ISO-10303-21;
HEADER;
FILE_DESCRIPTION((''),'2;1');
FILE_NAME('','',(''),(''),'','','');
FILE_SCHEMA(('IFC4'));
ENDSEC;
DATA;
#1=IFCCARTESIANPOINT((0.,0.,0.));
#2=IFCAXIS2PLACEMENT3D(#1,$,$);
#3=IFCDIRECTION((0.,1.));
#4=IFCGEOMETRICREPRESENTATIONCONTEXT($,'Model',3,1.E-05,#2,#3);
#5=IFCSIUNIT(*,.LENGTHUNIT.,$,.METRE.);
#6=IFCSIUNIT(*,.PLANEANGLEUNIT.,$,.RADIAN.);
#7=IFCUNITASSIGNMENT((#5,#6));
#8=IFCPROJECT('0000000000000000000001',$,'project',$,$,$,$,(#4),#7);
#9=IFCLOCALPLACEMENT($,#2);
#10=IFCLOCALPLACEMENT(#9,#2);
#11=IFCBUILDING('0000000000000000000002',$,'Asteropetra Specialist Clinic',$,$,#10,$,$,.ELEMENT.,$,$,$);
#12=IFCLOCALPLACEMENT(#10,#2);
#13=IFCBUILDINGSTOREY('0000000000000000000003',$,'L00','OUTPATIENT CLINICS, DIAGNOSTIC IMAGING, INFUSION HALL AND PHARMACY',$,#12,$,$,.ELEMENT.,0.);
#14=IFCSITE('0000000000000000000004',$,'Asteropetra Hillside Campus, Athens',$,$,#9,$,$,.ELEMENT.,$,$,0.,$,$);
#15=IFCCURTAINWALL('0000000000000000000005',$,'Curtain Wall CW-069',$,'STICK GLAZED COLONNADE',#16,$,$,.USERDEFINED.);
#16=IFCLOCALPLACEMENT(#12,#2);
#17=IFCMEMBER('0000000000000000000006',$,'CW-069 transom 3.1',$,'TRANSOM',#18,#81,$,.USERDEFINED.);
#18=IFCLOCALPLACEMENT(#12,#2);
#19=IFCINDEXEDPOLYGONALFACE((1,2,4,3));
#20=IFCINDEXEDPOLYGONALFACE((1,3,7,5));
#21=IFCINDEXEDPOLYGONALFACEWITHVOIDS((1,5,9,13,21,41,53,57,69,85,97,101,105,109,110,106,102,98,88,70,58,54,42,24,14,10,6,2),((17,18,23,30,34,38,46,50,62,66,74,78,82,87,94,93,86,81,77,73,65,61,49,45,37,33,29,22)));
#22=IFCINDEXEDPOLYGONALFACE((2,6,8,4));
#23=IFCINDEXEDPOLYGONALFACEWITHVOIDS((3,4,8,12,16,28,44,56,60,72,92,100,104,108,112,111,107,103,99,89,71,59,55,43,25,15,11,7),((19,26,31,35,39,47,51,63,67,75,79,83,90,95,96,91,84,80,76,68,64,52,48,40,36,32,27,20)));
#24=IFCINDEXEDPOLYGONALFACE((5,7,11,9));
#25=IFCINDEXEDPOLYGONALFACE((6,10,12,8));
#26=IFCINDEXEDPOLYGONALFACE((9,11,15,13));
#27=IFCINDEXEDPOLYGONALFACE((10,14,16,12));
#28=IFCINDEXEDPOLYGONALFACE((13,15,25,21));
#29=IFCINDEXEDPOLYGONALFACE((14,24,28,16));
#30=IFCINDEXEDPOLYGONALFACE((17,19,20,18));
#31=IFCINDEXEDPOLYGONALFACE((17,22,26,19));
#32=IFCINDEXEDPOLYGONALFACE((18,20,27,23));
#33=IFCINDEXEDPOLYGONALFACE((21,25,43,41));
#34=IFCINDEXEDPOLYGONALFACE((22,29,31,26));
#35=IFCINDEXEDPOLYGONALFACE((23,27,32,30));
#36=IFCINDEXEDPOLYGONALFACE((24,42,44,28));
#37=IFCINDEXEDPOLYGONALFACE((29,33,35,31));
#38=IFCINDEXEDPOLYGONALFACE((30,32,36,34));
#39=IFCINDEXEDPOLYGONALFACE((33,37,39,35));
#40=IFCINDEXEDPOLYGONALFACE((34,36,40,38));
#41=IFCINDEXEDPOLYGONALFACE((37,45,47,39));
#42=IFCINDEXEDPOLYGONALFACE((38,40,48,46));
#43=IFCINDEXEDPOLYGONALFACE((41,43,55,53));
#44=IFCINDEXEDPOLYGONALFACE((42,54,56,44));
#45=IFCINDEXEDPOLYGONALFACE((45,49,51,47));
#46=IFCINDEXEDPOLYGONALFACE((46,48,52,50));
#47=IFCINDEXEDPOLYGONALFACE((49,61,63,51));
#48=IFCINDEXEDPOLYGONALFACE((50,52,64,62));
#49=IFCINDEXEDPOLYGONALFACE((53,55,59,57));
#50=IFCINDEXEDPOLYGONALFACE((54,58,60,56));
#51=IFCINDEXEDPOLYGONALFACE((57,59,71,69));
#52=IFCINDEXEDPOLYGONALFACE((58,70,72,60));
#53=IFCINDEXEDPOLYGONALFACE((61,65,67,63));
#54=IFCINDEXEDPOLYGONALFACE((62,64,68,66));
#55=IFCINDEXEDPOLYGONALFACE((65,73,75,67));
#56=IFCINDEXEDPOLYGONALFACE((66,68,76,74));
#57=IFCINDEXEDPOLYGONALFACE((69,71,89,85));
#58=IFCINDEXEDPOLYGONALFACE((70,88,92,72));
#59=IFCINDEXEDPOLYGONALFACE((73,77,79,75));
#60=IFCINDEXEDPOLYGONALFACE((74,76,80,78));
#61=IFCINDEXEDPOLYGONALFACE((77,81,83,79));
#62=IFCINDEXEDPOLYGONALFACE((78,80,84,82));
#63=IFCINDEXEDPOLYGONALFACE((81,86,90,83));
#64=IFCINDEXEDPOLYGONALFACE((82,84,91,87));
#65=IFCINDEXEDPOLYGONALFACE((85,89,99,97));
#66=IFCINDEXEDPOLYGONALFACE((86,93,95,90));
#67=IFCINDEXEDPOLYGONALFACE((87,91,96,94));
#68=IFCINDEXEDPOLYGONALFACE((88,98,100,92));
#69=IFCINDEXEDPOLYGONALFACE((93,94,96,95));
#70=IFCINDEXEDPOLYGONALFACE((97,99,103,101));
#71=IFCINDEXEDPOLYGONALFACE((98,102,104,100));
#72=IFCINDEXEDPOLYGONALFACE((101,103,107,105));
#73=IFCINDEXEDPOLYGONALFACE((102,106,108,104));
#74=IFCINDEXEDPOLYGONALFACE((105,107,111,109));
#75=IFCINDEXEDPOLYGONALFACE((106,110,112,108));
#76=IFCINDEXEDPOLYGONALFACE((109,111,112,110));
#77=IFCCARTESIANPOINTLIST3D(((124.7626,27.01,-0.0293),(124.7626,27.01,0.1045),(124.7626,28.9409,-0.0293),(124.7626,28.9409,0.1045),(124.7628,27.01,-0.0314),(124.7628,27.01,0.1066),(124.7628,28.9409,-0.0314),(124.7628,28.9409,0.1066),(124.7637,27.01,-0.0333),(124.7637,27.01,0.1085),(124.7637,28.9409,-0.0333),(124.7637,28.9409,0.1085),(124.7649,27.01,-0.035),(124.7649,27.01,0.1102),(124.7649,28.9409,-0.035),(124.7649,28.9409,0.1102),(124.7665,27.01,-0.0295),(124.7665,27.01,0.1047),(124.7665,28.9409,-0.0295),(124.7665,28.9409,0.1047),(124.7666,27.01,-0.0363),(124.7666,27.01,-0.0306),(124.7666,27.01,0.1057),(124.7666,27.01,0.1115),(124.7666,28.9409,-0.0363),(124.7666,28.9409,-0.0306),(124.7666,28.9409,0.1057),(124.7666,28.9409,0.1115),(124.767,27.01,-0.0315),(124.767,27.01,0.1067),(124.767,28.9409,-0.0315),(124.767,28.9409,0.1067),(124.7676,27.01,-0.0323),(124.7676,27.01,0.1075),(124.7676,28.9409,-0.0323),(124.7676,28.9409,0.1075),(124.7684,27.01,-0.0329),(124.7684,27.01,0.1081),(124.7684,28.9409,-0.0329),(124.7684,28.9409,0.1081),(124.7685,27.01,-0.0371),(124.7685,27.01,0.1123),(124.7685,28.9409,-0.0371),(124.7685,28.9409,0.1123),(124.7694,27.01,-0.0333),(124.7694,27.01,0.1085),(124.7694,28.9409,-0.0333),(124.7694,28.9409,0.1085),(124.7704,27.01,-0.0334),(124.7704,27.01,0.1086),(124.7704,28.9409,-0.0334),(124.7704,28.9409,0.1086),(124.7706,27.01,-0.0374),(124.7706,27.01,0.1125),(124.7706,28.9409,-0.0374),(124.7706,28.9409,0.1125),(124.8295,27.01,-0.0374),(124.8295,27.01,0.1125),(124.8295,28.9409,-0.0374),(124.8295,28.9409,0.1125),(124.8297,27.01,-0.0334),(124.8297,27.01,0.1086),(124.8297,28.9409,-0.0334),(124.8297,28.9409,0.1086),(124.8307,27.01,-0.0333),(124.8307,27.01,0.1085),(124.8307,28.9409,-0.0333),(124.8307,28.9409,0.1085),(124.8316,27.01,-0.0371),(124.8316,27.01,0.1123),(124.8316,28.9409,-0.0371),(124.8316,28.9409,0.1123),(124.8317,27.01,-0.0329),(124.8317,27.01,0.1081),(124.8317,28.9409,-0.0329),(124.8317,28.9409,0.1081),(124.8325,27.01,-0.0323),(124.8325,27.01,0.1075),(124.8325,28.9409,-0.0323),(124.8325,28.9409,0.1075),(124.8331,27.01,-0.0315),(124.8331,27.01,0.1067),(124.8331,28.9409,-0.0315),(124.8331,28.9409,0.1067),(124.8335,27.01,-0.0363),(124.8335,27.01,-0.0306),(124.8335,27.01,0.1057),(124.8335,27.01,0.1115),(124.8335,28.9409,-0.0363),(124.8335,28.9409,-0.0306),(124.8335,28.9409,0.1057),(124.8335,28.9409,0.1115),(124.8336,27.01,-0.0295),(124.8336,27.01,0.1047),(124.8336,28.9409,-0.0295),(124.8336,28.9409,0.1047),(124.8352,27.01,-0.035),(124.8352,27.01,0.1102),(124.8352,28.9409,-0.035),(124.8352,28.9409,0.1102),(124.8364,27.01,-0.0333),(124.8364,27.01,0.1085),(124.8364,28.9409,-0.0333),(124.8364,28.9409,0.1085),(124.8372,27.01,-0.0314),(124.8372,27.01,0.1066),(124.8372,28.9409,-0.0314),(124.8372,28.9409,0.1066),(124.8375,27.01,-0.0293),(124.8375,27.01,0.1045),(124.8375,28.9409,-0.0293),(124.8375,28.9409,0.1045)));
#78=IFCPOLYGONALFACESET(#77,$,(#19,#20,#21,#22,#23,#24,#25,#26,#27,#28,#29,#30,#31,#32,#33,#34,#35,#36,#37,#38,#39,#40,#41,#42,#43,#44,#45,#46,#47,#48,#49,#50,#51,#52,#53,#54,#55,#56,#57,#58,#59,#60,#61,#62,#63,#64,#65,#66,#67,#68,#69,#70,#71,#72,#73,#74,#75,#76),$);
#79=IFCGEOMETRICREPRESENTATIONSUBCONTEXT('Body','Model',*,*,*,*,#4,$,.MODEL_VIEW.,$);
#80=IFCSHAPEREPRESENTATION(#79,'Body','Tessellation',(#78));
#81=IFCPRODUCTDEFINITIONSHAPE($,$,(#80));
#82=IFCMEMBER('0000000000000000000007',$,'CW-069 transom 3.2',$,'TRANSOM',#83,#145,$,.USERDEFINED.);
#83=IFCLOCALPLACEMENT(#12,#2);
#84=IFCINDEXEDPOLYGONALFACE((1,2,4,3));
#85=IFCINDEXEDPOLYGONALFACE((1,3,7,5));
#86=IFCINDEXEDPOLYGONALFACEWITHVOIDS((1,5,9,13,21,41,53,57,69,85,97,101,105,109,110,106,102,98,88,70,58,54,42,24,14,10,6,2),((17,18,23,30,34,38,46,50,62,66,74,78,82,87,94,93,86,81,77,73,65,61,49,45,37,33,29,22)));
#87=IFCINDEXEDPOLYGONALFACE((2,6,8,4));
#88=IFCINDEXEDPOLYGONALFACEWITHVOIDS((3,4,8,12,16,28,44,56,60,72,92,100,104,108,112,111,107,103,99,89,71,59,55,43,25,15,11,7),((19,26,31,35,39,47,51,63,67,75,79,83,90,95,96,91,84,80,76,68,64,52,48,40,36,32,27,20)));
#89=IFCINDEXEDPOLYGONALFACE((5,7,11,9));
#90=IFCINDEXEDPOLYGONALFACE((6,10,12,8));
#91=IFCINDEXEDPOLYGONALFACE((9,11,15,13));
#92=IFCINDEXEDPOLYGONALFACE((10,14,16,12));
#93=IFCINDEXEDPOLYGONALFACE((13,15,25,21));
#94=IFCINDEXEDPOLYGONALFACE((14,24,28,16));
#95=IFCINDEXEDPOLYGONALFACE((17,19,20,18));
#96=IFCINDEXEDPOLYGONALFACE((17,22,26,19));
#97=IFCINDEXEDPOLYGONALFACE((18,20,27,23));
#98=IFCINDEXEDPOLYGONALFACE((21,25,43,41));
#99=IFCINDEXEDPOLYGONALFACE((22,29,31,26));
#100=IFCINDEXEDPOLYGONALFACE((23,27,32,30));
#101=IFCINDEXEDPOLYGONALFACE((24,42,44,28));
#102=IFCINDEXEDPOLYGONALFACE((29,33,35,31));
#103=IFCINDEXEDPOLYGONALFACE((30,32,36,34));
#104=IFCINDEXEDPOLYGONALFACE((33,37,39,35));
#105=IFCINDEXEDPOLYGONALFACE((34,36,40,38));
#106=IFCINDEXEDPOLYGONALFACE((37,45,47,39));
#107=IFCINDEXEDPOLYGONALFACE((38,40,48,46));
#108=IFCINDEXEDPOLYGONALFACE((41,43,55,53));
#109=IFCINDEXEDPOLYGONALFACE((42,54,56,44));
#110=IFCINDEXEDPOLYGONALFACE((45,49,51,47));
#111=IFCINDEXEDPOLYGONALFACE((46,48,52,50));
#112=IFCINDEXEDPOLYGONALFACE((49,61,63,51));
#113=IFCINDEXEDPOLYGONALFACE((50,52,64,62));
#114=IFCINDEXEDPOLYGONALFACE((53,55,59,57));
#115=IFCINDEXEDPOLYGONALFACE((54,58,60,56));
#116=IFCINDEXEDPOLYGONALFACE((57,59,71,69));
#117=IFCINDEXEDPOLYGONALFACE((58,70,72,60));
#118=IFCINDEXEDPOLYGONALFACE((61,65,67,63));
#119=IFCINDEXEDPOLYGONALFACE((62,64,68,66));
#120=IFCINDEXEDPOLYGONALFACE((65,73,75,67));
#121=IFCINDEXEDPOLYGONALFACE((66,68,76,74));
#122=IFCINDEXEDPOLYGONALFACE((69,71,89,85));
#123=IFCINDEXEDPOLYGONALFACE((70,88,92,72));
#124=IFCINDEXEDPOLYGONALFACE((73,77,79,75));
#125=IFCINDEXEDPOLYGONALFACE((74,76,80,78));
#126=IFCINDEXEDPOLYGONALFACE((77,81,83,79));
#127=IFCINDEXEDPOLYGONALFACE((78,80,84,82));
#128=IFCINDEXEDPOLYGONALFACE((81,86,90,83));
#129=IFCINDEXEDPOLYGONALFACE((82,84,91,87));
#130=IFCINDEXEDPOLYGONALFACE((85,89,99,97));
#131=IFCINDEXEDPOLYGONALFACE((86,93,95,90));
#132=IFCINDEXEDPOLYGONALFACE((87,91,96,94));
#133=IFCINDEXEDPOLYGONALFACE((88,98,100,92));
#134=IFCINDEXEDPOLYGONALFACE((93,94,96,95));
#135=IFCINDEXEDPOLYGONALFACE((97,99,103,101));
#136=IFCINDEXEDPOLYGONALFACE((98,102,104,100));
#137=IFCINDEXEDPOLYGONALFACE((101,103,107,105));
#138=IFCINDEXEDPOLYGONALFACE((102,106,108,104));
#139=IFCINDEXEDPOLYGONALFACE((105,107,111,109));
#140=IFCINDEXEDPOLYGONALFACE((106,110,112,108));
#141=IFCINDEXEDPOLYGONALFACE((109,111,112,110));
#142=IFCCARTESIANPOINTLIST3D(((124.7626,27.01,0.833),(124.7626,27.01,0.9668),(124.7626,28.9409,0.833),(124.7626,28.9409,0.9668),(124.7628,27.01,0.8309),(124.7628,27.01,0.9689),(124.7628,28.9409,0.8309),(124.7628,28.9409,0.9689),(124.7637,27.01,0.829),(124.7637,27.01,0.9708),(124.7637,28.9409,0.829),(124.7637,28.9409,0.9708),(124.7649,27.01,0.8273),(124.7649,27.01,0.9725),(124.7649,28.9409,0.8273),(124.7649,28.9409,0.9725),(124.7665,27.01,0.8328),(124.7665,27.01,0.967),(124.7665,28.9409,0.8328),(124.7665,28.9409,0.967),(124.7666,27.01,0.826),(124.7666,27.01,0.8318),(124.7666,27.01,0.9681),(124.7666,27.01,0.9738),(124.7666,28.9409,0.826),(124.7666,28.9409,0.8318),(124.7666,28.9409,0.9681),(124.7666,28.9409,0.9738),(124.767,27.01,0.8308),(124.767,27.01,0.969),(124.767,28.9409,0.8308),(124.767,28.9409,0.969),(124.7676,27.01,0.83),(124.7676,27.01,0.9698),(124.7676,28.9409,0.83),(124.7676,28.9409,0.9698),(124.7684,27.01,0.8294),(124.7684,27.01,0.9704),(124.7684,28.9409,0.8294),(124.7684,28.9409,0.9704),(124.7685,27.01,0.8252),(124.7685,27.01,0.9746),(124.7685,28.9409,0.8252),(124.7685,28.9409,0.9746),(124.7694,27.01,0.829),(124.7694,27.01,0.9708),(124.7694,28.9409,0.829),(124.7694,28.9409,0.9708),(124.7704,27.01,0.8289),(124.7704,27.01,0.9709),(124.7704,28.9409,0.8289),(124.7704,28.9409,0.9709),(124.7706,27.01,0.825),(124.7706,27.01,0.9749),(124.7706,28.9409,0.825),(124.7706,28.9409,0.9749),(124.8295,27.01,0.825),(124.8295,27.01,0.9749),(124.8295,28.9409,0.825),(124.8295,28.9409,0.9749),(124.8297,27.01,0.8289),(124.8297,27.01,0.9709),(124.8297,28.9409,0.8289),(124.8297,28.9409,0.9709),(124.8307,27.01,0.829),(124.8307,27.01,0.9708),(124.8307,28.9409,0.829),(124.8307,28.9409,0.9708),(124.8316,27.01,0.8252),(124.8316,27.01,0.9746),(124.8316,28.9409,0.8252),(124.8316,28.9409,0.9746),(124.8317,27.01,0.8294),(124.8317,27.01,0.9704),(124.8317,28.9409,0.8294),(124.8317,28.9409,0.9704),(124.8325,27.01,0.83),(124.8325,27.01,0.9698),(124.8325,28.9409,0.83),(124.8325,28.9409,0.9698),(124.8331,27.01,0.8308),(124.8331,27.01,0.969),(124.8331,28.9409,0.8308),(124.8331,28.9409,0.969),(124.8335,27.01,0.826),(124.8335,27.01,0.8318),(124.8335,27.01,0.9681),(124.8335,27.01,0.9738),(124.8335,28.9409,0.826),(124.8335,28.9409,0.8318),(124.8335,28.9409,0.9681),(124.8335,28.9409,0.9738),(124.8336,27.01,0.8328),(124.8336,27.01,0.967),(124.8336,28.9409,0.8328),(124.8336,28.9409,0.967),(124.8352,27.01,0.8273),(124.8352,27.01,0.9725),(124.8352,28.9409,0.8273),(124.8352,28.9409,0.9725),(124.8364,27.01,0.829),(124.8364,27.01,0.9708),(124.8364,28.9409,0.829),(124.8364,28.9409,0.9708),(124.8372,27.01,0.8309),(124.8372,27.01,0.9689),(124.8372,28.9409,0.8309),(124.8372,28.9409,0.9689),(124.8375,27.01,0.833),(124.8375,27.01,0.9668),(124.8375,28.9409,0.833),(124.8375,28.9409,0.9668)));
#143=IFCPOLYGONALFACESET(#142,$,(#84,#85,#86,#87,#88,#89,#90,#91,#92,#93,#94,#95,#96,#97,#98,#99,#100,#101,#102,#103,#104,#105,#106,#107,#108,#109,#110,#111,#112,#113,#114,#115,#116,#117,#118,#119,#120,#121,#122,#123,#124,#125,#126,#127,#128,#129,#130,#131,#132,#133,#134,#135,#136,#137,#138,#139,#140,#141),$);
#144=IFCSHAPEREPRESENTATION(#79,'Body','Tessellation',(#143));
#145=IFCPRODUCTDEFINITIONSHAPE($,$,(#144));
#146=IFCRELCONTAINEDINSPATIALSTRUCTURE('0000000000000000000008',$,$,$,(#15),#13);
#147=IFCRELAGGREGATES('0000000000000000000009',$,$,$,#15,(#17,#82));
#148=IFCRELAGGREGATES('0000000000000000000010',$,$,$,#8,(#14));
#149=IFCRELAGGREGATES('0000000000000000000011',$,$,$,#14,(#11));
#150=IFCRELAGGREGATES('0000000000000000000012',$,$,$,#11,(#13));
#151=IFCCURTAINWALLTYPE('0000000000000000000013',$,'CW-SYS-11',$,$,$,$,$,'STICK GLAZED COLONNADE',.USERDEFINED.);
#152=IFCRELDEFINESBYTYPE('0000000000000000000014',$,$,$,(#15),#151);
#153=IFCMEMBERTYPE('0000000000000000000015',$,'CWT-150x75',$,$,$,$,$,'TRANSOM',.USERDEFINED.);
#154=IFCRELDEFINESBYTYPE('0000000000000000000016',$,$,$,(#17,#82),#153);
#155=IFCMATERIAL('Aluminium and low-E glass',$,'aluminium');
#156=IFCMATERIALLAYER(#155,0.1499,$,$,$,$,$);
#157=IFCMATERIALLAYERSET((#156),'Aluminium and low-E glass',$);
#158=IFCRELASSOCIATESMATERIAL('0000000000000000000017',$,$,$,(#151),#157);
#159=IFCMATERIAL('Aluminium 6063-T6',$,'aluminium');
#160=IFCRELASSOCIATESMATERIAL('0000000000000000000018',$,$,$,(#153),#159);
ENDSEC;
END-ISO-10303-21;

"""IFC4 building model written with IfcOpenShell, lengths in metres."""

from ifc_helpers import new_model, si_unit, direction, frame, origin, origin_2d, place, context, subcontext, project, spatial, hollow_rectangle, extrude, material, layer, layer_set, material_profile, profile_set, type_object, element, aggregate, save


model = new_model("IFC4")

# Units and contexts
model_context = context("Model", 3, precision=1e-05, world=origin(), true_north=direction((0.0, 1.0)))
body_context = subcontext(model_context, "Body", "Model", "MODEL_VIEW")
ifc_project = project(units=[si_unit("LENGTHUNIT", "METRE"), si_unit("PLANEANGLEUNIT", "RADIAN")], contexts=[model_context])

# Site, building, storey
site_placement = place(None, origin())
site = spatial("IfcSite", under=ifc_project, at=site_placement, Name="Asteropetra Hillside Campus, Athens", CompositionType="ELEMENT", RefElevation=0.0)
building_placement = place(site_placement, origin())
building = spatial("IfcBuilding", under=site, at=building_placement, Name="Asteropetra Specialist Clinic", CompositionType="ELEMENT")
storey_placement = place(building_placement, origin())
storey = spatial("IfcBuildingStorey", under=building, at=storey_placement, Name="L00", Description="OUTPATIENT CLINICS, DIAGNOSTIC IMAGING, INFUSION HALL AND PHARMACY", CompositionType="ELEMENT", Elevation=0.0)

# Shared definitions
ifc_material_1 = material(Name="Aluminium and low-E glass", Category="aluminium")
ifc_layer_1 = layer(ifc_material_1, 0.1499)
ifc_layer_set_1 = layer_set([ifc_layer_1], Name="Aluminium and low-E glass")
curtain_wall_type_1 = type_object("IfcCurtainWallType", Name="CW-SYS-11", ElementType="STICK GLAZED COLONNADE", PredefinedType="USERDEFINED", material=ifc_layer_set_1)

# Curtain wall
curtain_wall_1_placement = place(storey_placement, origin())
curtain_wall_1 = element("IfcCurtainWall", 1, at=curtain_wall_1_placement, inside=storey, type_object=curtain_wall_type_1, Name="Curtain Wall CW-069", ObjectType="STICK GLAZED COLONNADE", PredefinedType="USERDEFINED")

# Members
ifc_material_2 = material(Name="Aluminium 6063-T6", Category="aluminium")
ifc_material_profile_1 = material_profile(ifc_material_2, hollow_rectangle(XDim=0.075, YDim=0.1499, WallThickness=0.0039, InnerFilletRadius=0.0039, OuterFilletRadius=0.0081, at=origin_2d()), Name="TRN 150x75x4.0")
ifc_profile_set_1 = profile_set([ifc_material_profile_1], Name="Aluminium 6063-T6")
member_type_1 = type_object("IfcMemberType", Name="CWT-150x75", ElementType="TRANSOM", PredefinedType="USERDEFINED", material=ifc_profile_set_1)
member_1_placement = place(storey_placement, frame((124.8, 28.9409, 0.0376), z_axis=(0.0, -1.0, 0.0), x_axis=(1.0, 0.0, 0.0)))
member_1 = element("IfcMember", 2, at=member_1_placement, type_object=member_type_1, Name="CW-069 transom 3.1", ObjectType="TRANSOM", PredefinedType="USERDEFINED", context=body_context, shape_type="SweptSolid", body=[
    extrude(hollow_rectangle(XDim=0.075, YDim=0.1499, WallThickness=0.0039, InnerFilletRadius=0.0039, OuterFilletRadius=0.0081, at=origin_2d()), origin(), (0.0, 0.0, 1.0), 1.9309),
])
member_2_placement = place(storey_placement, frame((124.8, 28.9409, 0.8999), z_axis=(0.0, -1.0, 0.0), x_axis=(1.0, 0.0, 0.0)))
member_2 = element("IfcMember", 3, at=member_2_placement, type_object=member_type_1, Name="CW-069 transom 3.2", ObjectType="TRANSOM", PredefinedType="USERDEFINED", context=body_context, shape_type="SweptSolid", body=[
    extrude(hollow_rectangle(XDim=0.075, YDim=0.1499, WallThickness=0.0039, InnerFilletRadius=0.0039, OuterFilletRadius=0.0081, at=origin_2d()), origin(), (0.0, 0.0, 1.0), 1.9309),
])

aggregate(curtain_wall_1, [member_1, member_2])

save(model, "model.ifc")
